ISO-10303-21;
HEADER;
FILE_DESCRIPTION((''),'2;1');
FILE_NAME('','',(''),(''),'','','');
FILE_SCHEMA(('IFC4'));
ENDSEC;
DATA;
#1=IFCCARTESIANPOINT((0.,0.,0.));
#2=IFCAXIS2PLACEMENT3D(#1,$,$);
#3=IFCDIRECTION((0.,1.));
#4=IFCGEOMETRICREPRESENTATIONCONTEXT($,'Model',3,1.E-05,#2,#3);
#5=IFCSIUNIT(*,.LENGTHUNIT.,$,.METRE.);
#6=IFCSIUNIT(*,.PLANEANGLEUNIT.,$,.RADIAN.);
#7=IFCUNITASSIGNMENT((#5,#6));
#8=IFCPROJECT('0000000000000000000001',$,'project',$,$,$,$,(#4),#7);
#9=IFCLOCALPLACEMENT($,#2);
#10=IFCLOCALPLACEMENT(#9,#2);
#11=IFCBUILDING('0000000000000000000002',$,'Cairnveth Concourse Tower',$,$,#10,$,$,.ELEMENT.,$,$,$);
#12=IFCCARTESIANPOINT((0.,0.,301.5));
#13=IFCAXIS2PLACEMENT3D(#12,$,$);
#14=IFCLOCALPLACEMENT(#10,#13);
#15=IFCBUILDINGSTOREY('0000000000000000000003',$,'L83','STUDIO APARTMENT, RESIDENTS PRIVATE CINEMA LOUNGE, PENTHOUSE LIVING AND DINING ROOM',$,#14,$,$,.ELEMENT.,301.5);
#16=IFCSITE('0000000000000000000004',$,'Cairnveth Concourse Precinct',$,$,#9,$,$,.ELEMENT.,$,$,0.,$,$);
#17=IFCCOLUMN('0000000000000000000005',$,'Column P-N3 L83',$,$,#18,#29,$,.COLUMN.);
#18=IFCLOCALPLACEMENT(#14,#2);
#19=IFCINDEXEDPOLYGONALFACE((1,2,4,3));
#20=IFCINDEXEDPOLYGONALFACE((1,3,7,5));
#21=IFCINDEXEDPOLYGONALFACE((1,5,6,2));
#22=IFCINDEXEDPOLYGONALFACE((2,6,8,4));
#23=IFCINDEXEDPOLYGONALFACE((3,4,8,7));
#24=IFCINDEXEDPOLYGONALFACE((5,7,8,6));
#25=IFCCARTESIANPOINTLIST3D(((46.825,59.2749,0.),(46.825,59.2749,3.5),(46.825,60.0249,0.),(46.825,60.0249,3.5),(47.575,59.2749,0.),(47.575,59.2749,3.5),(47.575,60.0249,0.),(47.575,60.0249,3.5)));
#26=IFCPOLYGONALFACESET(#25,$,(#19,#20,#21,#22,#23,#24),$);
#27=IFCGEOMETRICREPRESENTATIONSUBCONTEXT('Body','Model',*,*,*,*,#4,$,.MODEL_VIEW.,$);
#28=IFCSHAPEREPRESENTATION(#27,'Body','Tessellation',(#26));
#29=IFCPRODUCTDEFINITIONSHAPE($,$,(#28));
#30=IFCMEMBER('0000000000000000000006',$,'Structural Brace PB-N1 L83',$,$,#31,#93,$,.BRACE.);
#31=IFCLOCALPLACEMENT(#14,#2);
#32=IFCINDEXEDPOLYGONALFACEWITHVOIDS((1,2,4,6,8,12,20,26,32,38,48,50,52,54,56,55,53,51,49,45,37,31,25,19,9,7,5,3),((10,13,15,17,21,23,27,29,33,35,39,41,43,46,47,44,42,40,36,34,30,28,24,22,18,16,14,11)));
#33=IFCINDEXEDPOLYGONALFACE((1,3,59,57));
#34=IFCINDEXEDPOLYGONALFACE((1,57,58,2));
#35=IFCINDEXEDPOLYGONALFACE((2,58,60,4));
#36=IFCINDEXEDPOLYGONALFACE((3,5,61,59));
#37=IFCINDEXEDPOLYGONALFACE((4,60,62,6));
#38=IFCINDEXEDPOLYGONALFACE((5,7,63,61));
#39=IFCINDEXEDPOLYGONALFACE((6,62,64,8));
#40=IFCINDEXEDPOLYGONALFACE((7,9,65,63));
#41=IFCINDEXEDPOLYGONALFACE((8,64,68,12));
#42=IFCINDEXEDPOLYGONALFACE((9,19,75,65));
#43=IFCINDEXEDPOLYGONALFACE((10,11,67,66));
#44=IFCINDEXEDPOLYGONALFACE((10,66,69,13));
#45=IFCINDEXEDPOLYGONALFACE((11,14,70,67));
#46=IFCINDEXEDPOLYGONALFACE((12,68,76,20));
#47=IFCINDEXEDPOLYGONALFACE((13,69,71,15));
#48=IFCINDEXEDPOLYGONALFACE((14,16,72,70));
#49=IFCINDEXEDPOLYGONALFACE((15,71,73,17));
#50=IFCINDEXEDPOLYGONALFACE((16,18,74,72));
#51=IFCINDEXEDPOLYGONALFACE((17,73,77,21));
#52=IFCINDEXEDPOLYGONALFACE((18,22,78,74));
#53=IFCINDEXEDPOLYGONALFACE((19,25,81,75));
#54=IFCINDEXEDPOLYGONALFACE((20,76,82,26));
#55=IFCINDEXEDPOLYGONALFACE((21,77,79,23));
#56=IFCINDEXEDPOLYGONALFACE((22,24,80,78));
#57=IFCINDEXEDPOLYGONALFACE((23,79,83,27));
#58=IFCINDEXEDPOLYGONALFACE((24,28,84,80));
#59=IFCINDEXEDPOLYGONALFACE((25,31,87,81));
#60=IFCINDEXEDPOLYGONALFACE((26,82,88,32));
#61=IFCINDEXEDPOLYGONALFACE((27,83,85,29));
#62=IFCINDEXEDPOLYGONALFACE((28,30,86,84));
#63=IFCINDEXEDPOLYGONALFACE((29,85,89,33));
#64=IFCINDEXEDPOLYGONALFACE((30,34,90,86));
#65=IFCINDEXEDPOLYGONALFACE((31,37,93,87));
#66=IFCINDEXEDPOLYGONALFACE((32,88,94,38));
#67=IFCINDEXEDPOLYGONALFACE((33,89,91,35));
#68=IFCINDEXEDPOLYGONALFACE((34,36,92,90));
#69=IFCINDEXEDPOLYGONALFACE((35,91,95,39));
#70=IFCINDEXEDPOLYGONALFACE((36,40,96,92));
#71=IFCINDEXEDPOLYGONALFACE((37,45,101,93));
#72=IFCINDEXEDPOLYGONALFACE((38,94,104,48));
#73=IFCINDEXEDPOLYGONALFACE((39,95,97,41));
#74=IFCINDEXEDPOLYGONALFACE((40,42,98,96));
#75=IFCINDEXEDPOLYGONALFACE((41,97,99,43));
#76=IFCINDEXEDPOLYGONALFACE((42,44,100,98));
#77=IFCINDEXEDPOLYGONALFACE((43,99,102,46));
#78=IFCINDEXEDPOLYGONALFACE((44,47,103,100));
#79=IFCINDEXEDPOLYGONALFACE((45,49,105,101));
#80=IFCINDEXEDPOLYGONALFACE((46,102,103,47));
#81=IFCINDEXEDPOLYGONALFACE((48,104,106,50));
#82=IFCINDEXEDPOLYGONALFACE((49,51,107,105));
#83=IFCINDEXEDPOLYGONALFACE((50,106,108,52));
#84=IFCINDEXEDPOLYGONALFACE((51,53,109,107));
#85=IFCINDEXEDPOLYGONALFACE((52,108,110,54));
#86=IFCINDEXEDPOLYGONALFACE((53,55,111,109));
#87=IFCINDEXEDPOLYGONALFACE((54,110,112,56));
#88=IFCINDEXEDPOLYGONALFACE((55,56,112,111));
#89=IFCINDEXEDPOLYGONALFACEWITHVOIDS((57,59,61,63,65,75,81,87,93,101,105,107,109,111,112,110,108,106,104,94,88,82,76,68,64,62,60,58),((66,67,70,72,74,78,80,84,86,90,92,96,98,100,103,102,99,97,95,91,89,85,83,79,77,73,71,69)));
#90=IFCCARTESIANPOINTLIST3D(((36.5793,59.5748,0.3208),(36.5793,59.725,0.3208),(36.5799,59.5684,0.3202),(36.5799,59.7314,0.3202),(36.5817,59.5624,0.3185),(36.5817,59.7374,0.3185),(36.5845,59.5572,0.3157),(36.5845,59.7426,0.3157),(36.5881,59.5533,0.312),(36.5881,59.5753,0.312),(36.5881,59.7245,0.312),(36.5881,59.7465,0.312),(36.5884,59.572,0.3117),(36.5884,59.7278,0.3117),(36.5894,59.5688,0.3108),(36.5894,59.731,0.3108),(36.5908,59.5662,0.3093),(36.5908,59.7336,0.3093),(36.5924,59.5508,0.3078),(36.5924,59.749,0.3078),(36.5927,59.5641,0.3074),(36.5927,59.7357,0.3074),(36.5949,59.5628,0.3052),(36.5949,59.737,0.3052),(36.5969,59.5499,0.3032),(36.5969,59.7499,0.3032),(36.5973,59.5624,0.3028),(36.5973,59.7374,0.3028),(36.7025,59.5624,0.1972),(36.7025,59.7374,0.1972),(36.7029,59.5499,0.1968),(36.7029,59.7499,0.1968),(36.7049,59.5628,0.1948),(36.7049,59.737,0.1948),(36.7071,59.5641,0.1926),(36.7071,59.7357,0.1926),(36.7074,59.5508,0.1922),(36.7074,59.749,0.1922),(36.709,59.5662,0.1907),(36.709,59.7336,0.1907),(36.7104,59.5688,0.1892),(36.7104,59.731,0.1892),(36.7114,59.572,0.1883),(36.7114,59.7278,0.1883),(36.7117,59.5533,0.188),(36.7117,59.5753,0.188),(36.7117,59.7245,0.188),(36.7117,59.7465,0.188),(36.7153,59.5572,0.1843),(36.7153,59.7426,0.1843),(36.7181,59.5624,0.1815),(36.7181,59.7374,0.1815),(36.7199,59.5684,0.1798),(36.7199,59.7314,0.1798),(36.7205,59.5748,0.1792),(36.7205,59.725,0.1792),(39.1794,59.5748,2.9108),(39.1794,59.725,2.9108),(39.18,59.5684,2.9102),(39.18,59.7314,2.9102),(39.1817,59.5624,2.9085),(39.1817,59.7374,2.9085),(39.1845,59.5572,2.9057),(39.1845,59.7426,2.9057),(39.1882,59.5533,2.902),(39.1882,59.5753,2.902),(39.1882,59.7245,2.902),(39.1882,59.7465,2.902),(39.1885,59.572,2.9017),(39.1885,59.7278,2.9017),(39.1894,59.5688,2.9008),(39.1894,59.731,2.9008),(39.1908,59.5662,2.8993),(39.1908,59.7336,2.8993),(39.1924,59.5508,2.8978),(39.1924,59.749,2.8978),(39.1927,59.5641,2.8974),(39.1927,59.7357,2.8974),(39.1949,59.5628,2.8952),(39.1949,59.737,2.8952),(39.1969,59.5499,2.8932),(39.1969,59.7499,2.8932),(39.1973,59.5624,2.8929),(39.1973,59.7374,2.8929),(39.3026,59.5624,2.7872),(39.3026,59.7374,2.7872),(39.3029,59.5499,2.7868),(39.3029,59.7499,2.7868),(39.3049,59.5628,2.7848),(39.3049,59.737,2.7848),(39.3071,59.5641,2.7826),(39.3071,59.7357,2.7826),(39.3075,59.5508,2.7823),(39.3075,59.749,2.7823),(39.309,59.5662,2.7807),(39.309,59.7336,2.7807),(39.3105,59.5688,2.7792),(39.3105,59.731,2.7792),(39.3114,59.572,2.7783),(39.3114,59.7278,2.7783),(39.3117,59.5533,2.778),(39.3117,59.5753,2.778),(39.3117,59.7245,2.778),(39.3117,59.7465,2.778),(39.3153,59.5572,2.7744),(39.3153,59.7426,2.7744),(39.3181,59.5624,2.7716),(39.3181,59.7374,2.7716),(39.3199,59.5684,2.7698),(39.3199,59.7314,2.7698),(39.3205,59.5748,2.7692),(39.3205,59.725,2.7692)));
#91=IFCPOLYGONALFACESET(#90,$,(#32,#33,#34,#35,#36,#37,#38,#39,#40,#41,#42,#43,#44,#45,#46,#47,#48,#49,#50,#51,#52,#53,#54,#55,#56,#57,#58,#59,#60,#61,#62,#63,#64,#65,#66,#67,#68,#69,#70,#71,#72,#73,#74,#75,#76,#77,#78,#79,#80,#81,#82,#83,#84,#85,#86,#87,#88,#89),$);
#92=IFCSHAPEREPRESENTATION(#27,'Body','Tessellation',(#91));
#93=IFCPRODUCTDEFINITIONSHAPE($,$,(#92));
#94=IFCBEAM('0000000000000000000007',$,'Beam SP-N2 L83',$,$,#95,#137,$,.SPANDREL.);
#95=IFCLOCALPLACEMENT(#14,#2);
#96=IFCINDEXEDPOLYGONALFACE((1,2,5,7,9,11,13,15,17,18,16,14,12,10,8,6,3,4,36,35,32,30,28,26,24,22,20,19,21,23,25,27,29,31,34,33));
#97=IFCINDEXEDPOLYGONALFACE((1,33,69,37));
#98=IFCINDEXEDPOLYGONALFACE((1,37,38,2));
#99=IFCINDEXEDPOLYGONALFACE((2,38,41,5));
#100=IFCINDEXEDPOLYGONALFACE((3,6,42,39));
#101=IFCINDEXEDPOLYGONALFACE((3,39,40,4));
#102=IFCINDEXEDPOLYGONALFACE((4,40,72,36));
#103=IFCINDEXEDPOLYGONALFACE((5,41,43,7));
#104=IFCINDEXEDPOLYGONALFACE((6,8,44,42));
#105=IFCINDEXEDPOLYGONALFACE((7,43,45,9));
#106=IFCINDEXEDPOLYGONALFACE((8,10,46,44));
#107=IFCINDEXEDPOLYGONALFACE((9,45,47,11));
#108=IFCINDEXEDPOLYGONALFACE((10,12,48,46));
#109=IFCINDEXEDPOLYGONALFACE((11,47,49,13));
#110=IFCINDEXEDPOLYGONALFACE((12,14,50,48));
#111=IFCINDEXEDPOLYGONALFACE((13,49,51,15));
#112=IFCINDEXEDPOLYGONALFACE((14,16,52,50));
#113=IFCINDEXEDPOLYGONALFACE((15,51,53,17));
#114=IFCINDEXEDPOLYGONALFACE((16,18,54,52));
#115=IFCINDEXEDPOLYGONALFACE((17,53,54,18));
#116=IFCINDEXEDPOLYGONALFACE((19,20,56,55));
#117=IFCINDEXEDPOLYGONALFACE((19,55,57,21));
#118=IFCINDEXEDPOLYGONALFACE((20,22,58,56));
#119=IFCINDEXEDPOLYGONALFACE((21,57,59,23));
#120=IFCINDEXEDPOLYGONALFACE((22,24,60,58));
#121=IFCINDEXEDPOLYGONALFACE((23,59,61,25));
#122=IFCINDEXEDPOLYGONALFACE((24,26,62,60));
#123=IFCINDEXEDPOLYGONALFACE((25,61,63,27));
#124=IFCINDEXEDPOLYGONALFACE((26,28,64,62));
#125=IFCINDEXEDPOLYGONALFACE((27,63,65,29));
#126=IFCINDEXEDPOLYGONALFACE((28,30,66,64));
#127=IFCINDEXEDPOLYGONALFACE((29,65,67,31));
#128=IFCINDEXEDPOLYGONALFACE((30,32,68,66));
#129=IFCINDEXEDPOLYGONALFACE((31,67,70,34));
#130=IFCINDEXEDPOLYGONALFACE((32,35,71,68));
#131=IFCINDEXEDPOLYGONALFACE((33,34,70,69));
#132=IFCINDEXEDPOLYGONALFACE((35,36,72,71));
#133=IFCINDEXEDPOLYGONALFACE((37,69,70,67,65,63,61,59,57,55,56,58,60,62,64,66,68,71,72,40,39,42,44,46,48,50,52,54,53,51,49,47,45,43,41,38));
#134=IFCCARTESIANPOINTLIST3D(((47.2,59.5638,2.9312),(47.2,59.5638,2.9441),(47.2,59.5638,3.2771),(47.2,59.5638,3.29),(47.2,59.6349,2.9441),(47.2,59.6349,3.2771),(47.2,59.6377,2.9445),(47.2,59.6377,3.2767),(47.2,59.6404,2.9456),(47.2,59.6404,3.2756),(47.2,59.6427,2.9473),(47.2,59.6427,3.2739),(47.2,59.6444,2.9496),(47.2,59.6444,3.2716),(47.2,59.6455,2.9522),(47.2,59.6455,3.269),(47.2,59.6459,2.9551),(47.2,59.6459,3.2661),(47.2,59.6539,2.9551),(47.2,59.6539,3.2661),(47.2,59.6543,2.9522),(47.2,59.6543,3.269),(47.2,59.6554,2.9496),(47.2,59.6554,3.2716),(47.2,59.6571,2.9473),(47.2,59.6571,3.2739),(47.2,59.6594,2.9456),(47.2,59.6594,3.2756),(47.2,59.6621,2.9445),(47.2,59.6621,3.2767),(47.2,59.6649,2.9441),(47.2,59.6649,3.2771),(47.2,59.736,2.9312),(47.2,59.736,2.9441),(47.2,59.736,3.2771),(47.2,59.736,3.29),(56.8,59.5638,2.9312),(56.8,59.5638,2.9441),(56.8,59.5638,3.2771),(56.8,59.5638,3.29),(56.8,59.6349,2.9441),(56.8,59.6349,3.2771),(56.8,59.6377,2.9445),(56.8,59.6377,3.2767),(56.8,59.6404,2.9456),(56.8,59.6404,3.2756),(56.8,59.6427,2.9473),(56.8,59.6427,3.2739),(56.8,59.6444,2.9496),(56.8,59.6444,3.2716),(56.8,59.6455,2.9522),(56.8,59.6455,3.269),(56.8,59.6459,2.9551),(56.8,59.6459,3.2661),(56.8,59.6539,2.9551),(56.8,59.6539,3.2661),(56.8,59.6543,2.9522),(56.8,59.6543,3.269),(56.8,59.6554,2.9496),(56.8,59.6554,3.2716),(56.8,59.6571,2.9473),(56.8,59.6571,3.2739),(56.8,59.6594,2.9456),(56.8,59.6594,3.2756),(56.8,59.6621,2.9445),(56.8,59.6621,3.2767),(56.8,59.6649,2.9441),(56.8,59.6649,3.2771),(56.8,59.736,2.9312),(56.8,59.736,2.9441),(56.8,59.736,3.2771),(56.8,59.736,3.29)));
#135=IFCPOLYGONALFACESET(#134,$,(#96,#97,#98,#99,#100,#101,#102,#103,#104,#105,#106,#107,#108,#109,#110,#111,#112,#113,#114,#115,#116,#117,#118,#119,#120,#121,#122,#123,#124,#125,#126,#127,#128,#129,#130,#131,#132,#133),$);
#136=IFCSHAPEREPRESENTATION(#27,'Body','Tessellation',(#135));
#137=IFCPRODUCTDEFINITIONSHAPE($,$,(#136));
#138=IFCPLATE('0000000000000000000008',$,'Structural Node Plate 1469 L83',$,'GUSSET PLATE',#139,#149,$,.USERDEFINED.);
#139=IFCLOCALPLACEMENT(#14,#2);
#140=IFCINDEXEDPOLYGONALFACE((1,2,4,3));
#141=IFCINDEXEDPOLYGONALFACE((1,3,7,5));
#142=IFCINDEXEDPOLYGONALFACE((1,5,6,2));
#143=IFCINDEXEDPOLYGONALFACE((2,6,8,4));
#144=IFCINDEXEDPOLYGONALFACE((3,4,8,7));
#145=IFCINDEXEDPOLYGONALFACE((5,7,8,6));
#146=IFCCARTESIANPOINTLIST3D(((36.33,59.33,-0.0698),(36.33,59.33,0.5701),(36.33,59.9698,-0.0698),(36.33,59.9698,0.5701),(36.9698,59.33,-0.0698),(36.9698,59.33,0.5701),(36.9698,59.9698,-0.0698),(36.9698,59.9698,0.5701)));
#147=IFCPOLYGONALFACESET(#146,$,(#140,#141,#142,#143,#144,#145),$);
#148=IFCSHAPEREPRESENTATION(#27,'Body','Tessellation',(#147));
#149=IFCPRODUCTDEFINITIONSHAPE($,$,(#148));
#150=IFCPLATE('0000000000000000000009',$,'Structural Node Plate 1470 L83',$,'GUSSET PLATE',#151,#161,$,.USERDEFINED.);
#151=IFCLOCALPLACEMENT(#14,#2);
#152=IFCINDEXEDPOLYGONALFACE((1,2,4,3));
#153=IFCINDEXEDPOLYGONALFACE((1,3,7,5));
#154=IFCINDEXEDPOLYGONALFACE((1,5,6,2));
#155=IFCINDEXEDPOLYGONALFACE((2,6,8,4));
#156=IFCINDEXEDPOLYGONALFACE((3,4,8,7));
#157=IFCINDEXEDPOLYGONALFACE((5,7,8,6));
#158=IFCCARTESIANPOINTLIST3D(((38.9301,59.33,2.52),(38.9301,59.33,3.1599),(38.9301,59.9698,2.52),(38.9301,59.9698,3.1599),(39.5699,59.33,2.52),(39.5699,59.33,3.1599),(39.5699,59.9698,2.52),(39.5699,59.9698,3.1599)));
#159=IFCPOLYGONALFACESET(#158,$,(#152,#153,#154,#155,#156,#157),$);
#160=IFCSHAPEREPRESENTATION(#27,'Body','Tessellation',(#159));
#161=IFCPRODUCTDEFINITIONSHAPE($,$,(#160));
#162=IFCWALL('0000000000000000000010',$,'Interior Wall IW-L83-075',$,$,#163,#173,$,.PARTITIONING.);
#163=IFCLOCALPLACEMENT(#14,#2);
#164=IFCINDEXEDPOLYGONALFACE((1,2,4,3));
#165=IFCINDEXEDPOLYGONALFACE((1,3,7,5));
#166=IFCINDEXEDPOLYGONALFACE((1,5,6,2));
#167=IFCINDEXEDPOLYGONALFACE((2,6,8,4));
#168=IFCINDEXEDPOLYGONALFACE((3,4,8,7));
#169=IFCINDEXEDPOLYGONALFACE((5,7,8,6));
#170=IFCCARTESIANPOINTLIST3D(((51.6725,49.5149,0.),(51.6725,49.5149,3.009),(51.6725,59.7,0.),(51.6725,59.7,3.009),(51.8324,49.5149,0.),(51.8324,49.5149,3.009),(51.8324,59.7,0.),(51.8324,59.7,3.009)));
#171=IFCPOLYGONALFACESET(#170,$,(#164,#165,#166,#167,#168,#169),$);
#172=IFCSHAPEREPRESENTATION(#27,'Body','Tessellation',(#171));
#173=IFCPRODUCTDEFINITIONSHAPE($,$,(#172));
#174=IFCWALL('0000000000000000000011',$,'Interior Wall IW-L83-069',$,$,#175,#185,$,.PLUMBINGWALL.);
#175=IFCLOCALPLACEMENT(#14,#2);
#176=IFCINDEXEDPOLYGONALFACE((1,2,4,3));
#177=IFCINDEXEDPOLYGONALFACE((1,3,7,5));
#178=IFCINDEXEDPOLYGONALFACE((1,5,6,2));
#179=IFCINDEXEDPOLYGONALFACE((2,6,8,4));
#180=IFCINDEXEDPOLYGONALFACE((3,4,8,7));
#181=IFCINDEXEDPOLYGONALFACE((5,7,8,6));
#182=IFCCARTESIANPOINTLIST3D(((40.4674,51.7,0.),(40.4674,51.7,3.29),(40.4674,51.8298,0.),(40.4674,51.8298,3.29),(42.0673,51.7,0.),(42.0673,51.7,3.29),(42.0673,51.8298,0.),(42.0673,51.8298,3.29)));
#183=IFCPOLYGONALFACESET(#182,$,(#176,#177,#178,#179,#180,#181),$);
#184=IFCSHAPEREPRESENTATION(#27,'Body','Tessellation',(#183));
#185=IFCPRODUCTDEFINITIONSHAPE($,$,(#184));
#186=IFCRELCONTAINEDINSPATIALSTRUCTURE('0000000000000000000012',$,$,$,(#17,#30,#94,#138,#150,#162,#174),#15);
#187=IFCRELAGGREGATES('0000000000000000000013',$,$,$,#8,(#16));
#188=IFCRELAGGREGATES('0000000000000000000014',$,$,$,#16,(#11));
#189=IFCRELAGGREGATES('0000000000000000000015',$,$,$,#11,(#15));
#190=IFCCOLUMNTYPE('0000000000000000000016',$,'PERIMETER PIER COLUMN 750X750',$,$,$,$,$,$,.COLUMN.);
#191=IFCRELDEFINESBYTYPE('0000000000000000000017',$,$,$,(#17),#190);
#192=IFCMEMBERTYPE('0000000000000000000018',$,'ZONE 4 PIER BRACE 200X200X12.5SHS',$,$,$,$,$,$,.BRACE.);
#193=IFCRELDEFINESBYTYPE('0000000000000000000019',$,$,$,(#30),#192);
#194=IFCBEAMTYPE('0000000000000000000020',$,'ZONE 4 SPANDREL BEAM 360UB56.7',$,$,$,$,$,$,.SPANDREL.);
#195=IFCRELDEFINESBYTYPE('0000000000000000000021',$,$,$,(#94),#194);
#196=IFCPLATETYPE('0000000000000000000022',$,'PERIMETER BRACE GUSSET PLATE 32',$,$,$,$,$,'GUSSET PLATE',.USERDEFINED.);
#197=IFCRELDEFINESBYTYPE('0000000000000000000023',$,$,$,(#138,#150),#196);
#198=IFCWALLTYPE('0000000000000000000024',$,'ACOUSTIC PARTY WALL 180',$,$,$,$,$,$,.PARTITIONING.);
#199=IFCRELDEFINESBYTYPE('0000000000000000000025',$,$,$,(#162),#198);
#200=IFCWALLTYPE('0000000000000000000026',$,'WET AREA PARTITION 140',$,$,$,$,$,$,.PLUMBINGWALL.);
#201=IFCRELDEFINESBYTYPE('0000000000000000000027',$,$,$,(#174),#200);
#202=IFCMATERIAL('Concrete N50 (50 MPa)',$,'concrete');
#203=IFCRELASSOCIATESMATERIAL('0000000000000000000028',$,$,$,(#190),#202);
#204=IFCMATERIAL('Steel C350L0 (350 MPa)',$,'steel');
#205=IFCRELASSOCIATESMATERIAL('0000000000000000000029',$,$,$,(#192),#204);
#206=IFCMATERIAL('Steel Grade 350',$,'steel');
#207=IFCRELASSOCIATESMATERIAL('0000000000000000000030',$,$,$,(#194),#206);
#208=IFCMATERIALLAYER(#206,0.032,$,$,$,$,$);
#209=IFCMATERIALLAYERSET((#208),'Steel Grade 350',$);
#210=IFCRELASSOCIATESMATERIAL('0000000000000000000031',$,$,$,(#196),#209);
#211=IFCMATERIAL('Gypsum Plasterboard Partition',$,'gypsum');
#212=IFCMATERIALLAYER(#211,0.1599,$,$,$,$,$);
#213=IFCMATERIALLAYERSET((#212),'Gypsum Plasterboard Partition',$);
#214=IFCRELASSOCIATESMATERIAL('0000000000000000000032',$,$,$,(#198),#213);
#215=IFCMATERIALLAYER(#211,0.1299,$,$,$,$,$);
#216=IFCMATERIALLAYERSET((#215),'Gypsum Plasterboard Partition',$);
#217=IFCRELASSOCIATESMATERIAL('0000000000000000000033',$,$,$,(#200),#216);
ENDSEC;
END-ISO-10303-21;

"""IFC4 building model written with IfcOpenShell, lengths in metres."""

from ifc_helpers import new_model, si_unit, direction, frame, frame_2d, origin, origin_2d, place, context, subcontext, project, spatial, rectangle, hollow_rectangle, i_section, extrude, material, layer, layer_set, material_profile, profile_set, type_object, element, save


model = new_model("IFC4")

# Units and contexts
model_context = context("Model", 3, precision=1e-05, world=origin(), true_north=direction((0.0, 1.0)))
body_context = subcontext(model_context, "Body", "Model", "MODEL_VIEW")
ifc_project = project(units=[si_unit("LENGTHUNIT", "METRE"), si_unit("PLANEANGLEUNIT", "RADIAN")], contexts=[model_context])

# Site, building, storey
site_placement = place(None, origin())
site = spatial("IfcSite", under=ifc_project, at=site_placement, Name="Cairnveth Concourse Precinct", CompositionType="ELEMENT", RefElevation=0.0)
building_placement = place(site_placement, origin())
building = spatial("IfcBuilding", under=site, at=building_placement, Name="Cairnveth Concourse Tower", CompositionType="ELEMENT")
storey_placement = place(building_placement, frame((0.0, 0.0, 301.5)))
storey = spatial("IfcBuildingStorey", under=building, at=storey_placement, Name="L83", Description="STUDIO APARTMENT, RESIDENTS PRIVATE CINEMA LOUNGE, PENTHOUSE LIVING AND DINING ROOM", CompositionType="ELEMENT", Elevation=301.5)

# Column
ifc_material_1 = material(Name="Concrete N50 (50 MPa)", Category="concrete")
ifc_material_profile_1 = material_profile(ifc_material_1, rectangle(XDim=0.75, YDim=0.75, at=origin_2d()), Name="RC-COL-750x750")
ifc_profile_set_1 = profile_set([ifc_material_profile_1], Name="Concrete N50 (50 MPa)")
column_type = type_object("IfcColumnType", Name="PERIMETER PIER COLUMN 750X750", PredefinedType="COLUMN", material=ifc_profile_set_1)
column_placement = place(storey_placement, frame((47.2, 59.6499, 0.0), z_axis=(0.0, 0.0, 1.0), x_axis=(1.0, 0.0, 0.0)))
element("IfcColumn", 1, at=column_placement, inside=storey, type_object=column_type, Name="Column P-N3 L83", PredefinedType="COLUMN", context=body_context, shape_type="SweptSolid", body=[
    extrude(rectangle(XDim=0.75, YDim=0.75, at=origin_2d()), origin(), (0.0, 0.0, 1.0), 3.5),
])

# Member
ifc_material_2 = material(Name="Steel C350L0 (350 MPa)", Category="steel")
ifc_material_profile_2 = material_profile(ifc_material_2, hollow_rectangle(XDim=0.2, YDim=0.2, WallThickness=0.0125, InnerFilletRadius=0.0129, OuterFilletRadius=0.0249, at=origin_2d()), Name="200x200x12.5SHS")
ifc_profile_set_2 = profile_set([ifc_material_profile_2], Name="Steel C350L0 (350 MPa)")
member_type = type_object("IfcMemberType", Name="ZONE 4 PIER BRACE 200X200X12.5SHS", PredefinedType="BRACE", material=ifc_profile_set_2)
member_placement = place(storey_placement, frame((36.6499, 59.6499, 0.25), z_axis=(0.708469, 0.0, 0.705742), x_axis=(0.0, 1.0, 0.0)))
element("IfcMember", 2, at=member_placement, inside=storey, type_object=member_type, Name="Structural Brace PB-N1 L83", PredefinedType="BRACE", context=body_context, shape_type="SweptSolid", body=[
    extrude(hollow_rectangle(XDim=0.2, YDim=0.2, WallThickness=0.0125, InnerFilletRadius=0.0129, OuterFilletRadius=0.0249, at=origin_2d()), origin(), (0.0, 0.0, 1.0), 3.6699),
])

# Beam
ifc_material_3 = material(Name="Steel Grade 350", Category="steel")
ifc_material_profile_3 = material_profile(ifc_material_3, i_section(OverallWidth=0.1721, OverallDepth=0.3589, WebThickness=0.0081, FlangeThickness=0.0129, FilletRadius=0.011, at=origin_2d()), Name="360UB56.7")
ifc_profile_set_3 = profile_set([ifc_material_profile_3], Name="Steel Grade 350")
beam_type = type_object("IfcBeamType", Name="ZONE 4 SPANDREL BEAM 360UB56.7", PredefinedType="SPANDREL", material=ifc_profile_set_3)
beam_placement = place(storey_placement, frame((47.2, 59.6499, 3.1106), z_axis=(1.0, 0.0, 0.0), x_axis=(0.0, 1.0, 0.0)))
element("IfcBeam", 3, at=beam_placement, inside=storey, type_object=beam_type, Name="Beam SP-N2 L83", PredefinedType="SPANDREL", context=body_context, shape_type="SweptSolid", body=[
    extrude(i_section(OverallWidth=0.1721, OverallDepth=0.3589, WebThickness=0.0081, FlangeThickness=0.0129, FilletRadius=0.011, at=origin_2d()), origin(), (0.0, 0.0, 1.0), 9.6001),
])

# Plates
ifc_layer_1 = layer(ifc_material_3, 0.032)
ifc_layer_set_1 = layer_set([ifc_layer_1], Name="Steel Grade 350")
plate_type = type_object("IfcPlateType", Name="PERIMETER BRACE GUSSET PLATE 32", ElementType="GUSSET PLATE", PredefinedType="USERDEFINED", material=ifc_layer_set_1)
for number, where, z_axis, x_axis, name in (
    (4, (36.6499, 59.6499, -0.0698), (0.0, 0.0, 1.0), (1.0, 0.0, 0.0), "Structural Node Plate 1469 L83"),
    (5, (39.25, 59.6499, 2.52), (0.0, 0.0, 1.0), (1.0, 0.0, 0.0), "Structural Node Plate 1470 L83"),
):
    element("IfcPlate", number, at=place(storey_placement, frame(where, z_axis=z_axis, x_axis=x_axis)), inside=storey, type_object=plate_type, Name=name, ObjectType="GUSSET PLATE", PredefinedType="USERDEFINED", context=body_context, shape_type="SweptSolid", body=[
        extrude(rectangle(XDim=0.6399, YDim=0.6399, at=origin_2d()), origin(), (0.0, 0.0, 1.0), 0.6399),
    ])

# Walls
ifc_material_4 = material(Name="Gypsum Plasterboard Partition", Category="gypsum")
ifc_layer_2 = layer(ifc_material_4, 0.1599)
ifc_layer_set_2 = layer_set([ifc_layer_2], Name="Gypsum Plasterboard Partition")
wall_type_1 = type_object("IfcWallType", Name="ACOUSTIC PARTY WALL 180", PredefinedType="PARTITIONING", material=ifc_layer_set_2)
wall_1_placement = place(storey_placement, frame((51.7524, 49.5149, 0.0), z_axis=(0.0, 0.0, 1.0), x_axis=(0.0, 1.0, 0.0)))
element("IfcWall", 6, at=wall_1_placement, inside=storey, type_object=wall_type_1, Name="Interior Wall IW-L83-075", PredefinedType="PARTITIONING", context=body_context, shape_type="SweptSolid", body=[
    extrude(rectangle(XDim=10.1851, YDim=0.1599, at=frame_2d((5.0925, 0.0))), origin(), (0.0, 0.0, 1.0), 3.009),
])
ifc_layer_3 = layer(ifc_material_4, 0.1299)
ifc_layer_set_3 = layer_set([ifc_layer_3], Name="Gypsum Plasterboard Partition")
wall_type_2 = type_object("IfcWallType", Name="WET AREA PARTITION 140", PredefinedType="PLUMBINGWALL", material=ifc_layer_set_3)
wall_2_placement = place(storey_placement, frame((40.4675, 51.7649, 0.0), z_axis=(0.0, 0.0, 1.0), x_axis=(1.0, 0.0, 0.0)))
element("IfcWall", 7, at=wall_2_placement, inside=storey, type_object=wall_type_2, Name="Interior Wall IW-L83-069", PredefinedType="PLUMBINGWALL", context=body_context, shape_type="SweptSolid", body=[
    extrude(rectangle(XDim=1.5999, YDim=0.1299, at=frame_2d((0.7998, 0.0))), origin(), (0.0, 0.0, 1.0), 3.29),
])

save(model, "model.ifc")
